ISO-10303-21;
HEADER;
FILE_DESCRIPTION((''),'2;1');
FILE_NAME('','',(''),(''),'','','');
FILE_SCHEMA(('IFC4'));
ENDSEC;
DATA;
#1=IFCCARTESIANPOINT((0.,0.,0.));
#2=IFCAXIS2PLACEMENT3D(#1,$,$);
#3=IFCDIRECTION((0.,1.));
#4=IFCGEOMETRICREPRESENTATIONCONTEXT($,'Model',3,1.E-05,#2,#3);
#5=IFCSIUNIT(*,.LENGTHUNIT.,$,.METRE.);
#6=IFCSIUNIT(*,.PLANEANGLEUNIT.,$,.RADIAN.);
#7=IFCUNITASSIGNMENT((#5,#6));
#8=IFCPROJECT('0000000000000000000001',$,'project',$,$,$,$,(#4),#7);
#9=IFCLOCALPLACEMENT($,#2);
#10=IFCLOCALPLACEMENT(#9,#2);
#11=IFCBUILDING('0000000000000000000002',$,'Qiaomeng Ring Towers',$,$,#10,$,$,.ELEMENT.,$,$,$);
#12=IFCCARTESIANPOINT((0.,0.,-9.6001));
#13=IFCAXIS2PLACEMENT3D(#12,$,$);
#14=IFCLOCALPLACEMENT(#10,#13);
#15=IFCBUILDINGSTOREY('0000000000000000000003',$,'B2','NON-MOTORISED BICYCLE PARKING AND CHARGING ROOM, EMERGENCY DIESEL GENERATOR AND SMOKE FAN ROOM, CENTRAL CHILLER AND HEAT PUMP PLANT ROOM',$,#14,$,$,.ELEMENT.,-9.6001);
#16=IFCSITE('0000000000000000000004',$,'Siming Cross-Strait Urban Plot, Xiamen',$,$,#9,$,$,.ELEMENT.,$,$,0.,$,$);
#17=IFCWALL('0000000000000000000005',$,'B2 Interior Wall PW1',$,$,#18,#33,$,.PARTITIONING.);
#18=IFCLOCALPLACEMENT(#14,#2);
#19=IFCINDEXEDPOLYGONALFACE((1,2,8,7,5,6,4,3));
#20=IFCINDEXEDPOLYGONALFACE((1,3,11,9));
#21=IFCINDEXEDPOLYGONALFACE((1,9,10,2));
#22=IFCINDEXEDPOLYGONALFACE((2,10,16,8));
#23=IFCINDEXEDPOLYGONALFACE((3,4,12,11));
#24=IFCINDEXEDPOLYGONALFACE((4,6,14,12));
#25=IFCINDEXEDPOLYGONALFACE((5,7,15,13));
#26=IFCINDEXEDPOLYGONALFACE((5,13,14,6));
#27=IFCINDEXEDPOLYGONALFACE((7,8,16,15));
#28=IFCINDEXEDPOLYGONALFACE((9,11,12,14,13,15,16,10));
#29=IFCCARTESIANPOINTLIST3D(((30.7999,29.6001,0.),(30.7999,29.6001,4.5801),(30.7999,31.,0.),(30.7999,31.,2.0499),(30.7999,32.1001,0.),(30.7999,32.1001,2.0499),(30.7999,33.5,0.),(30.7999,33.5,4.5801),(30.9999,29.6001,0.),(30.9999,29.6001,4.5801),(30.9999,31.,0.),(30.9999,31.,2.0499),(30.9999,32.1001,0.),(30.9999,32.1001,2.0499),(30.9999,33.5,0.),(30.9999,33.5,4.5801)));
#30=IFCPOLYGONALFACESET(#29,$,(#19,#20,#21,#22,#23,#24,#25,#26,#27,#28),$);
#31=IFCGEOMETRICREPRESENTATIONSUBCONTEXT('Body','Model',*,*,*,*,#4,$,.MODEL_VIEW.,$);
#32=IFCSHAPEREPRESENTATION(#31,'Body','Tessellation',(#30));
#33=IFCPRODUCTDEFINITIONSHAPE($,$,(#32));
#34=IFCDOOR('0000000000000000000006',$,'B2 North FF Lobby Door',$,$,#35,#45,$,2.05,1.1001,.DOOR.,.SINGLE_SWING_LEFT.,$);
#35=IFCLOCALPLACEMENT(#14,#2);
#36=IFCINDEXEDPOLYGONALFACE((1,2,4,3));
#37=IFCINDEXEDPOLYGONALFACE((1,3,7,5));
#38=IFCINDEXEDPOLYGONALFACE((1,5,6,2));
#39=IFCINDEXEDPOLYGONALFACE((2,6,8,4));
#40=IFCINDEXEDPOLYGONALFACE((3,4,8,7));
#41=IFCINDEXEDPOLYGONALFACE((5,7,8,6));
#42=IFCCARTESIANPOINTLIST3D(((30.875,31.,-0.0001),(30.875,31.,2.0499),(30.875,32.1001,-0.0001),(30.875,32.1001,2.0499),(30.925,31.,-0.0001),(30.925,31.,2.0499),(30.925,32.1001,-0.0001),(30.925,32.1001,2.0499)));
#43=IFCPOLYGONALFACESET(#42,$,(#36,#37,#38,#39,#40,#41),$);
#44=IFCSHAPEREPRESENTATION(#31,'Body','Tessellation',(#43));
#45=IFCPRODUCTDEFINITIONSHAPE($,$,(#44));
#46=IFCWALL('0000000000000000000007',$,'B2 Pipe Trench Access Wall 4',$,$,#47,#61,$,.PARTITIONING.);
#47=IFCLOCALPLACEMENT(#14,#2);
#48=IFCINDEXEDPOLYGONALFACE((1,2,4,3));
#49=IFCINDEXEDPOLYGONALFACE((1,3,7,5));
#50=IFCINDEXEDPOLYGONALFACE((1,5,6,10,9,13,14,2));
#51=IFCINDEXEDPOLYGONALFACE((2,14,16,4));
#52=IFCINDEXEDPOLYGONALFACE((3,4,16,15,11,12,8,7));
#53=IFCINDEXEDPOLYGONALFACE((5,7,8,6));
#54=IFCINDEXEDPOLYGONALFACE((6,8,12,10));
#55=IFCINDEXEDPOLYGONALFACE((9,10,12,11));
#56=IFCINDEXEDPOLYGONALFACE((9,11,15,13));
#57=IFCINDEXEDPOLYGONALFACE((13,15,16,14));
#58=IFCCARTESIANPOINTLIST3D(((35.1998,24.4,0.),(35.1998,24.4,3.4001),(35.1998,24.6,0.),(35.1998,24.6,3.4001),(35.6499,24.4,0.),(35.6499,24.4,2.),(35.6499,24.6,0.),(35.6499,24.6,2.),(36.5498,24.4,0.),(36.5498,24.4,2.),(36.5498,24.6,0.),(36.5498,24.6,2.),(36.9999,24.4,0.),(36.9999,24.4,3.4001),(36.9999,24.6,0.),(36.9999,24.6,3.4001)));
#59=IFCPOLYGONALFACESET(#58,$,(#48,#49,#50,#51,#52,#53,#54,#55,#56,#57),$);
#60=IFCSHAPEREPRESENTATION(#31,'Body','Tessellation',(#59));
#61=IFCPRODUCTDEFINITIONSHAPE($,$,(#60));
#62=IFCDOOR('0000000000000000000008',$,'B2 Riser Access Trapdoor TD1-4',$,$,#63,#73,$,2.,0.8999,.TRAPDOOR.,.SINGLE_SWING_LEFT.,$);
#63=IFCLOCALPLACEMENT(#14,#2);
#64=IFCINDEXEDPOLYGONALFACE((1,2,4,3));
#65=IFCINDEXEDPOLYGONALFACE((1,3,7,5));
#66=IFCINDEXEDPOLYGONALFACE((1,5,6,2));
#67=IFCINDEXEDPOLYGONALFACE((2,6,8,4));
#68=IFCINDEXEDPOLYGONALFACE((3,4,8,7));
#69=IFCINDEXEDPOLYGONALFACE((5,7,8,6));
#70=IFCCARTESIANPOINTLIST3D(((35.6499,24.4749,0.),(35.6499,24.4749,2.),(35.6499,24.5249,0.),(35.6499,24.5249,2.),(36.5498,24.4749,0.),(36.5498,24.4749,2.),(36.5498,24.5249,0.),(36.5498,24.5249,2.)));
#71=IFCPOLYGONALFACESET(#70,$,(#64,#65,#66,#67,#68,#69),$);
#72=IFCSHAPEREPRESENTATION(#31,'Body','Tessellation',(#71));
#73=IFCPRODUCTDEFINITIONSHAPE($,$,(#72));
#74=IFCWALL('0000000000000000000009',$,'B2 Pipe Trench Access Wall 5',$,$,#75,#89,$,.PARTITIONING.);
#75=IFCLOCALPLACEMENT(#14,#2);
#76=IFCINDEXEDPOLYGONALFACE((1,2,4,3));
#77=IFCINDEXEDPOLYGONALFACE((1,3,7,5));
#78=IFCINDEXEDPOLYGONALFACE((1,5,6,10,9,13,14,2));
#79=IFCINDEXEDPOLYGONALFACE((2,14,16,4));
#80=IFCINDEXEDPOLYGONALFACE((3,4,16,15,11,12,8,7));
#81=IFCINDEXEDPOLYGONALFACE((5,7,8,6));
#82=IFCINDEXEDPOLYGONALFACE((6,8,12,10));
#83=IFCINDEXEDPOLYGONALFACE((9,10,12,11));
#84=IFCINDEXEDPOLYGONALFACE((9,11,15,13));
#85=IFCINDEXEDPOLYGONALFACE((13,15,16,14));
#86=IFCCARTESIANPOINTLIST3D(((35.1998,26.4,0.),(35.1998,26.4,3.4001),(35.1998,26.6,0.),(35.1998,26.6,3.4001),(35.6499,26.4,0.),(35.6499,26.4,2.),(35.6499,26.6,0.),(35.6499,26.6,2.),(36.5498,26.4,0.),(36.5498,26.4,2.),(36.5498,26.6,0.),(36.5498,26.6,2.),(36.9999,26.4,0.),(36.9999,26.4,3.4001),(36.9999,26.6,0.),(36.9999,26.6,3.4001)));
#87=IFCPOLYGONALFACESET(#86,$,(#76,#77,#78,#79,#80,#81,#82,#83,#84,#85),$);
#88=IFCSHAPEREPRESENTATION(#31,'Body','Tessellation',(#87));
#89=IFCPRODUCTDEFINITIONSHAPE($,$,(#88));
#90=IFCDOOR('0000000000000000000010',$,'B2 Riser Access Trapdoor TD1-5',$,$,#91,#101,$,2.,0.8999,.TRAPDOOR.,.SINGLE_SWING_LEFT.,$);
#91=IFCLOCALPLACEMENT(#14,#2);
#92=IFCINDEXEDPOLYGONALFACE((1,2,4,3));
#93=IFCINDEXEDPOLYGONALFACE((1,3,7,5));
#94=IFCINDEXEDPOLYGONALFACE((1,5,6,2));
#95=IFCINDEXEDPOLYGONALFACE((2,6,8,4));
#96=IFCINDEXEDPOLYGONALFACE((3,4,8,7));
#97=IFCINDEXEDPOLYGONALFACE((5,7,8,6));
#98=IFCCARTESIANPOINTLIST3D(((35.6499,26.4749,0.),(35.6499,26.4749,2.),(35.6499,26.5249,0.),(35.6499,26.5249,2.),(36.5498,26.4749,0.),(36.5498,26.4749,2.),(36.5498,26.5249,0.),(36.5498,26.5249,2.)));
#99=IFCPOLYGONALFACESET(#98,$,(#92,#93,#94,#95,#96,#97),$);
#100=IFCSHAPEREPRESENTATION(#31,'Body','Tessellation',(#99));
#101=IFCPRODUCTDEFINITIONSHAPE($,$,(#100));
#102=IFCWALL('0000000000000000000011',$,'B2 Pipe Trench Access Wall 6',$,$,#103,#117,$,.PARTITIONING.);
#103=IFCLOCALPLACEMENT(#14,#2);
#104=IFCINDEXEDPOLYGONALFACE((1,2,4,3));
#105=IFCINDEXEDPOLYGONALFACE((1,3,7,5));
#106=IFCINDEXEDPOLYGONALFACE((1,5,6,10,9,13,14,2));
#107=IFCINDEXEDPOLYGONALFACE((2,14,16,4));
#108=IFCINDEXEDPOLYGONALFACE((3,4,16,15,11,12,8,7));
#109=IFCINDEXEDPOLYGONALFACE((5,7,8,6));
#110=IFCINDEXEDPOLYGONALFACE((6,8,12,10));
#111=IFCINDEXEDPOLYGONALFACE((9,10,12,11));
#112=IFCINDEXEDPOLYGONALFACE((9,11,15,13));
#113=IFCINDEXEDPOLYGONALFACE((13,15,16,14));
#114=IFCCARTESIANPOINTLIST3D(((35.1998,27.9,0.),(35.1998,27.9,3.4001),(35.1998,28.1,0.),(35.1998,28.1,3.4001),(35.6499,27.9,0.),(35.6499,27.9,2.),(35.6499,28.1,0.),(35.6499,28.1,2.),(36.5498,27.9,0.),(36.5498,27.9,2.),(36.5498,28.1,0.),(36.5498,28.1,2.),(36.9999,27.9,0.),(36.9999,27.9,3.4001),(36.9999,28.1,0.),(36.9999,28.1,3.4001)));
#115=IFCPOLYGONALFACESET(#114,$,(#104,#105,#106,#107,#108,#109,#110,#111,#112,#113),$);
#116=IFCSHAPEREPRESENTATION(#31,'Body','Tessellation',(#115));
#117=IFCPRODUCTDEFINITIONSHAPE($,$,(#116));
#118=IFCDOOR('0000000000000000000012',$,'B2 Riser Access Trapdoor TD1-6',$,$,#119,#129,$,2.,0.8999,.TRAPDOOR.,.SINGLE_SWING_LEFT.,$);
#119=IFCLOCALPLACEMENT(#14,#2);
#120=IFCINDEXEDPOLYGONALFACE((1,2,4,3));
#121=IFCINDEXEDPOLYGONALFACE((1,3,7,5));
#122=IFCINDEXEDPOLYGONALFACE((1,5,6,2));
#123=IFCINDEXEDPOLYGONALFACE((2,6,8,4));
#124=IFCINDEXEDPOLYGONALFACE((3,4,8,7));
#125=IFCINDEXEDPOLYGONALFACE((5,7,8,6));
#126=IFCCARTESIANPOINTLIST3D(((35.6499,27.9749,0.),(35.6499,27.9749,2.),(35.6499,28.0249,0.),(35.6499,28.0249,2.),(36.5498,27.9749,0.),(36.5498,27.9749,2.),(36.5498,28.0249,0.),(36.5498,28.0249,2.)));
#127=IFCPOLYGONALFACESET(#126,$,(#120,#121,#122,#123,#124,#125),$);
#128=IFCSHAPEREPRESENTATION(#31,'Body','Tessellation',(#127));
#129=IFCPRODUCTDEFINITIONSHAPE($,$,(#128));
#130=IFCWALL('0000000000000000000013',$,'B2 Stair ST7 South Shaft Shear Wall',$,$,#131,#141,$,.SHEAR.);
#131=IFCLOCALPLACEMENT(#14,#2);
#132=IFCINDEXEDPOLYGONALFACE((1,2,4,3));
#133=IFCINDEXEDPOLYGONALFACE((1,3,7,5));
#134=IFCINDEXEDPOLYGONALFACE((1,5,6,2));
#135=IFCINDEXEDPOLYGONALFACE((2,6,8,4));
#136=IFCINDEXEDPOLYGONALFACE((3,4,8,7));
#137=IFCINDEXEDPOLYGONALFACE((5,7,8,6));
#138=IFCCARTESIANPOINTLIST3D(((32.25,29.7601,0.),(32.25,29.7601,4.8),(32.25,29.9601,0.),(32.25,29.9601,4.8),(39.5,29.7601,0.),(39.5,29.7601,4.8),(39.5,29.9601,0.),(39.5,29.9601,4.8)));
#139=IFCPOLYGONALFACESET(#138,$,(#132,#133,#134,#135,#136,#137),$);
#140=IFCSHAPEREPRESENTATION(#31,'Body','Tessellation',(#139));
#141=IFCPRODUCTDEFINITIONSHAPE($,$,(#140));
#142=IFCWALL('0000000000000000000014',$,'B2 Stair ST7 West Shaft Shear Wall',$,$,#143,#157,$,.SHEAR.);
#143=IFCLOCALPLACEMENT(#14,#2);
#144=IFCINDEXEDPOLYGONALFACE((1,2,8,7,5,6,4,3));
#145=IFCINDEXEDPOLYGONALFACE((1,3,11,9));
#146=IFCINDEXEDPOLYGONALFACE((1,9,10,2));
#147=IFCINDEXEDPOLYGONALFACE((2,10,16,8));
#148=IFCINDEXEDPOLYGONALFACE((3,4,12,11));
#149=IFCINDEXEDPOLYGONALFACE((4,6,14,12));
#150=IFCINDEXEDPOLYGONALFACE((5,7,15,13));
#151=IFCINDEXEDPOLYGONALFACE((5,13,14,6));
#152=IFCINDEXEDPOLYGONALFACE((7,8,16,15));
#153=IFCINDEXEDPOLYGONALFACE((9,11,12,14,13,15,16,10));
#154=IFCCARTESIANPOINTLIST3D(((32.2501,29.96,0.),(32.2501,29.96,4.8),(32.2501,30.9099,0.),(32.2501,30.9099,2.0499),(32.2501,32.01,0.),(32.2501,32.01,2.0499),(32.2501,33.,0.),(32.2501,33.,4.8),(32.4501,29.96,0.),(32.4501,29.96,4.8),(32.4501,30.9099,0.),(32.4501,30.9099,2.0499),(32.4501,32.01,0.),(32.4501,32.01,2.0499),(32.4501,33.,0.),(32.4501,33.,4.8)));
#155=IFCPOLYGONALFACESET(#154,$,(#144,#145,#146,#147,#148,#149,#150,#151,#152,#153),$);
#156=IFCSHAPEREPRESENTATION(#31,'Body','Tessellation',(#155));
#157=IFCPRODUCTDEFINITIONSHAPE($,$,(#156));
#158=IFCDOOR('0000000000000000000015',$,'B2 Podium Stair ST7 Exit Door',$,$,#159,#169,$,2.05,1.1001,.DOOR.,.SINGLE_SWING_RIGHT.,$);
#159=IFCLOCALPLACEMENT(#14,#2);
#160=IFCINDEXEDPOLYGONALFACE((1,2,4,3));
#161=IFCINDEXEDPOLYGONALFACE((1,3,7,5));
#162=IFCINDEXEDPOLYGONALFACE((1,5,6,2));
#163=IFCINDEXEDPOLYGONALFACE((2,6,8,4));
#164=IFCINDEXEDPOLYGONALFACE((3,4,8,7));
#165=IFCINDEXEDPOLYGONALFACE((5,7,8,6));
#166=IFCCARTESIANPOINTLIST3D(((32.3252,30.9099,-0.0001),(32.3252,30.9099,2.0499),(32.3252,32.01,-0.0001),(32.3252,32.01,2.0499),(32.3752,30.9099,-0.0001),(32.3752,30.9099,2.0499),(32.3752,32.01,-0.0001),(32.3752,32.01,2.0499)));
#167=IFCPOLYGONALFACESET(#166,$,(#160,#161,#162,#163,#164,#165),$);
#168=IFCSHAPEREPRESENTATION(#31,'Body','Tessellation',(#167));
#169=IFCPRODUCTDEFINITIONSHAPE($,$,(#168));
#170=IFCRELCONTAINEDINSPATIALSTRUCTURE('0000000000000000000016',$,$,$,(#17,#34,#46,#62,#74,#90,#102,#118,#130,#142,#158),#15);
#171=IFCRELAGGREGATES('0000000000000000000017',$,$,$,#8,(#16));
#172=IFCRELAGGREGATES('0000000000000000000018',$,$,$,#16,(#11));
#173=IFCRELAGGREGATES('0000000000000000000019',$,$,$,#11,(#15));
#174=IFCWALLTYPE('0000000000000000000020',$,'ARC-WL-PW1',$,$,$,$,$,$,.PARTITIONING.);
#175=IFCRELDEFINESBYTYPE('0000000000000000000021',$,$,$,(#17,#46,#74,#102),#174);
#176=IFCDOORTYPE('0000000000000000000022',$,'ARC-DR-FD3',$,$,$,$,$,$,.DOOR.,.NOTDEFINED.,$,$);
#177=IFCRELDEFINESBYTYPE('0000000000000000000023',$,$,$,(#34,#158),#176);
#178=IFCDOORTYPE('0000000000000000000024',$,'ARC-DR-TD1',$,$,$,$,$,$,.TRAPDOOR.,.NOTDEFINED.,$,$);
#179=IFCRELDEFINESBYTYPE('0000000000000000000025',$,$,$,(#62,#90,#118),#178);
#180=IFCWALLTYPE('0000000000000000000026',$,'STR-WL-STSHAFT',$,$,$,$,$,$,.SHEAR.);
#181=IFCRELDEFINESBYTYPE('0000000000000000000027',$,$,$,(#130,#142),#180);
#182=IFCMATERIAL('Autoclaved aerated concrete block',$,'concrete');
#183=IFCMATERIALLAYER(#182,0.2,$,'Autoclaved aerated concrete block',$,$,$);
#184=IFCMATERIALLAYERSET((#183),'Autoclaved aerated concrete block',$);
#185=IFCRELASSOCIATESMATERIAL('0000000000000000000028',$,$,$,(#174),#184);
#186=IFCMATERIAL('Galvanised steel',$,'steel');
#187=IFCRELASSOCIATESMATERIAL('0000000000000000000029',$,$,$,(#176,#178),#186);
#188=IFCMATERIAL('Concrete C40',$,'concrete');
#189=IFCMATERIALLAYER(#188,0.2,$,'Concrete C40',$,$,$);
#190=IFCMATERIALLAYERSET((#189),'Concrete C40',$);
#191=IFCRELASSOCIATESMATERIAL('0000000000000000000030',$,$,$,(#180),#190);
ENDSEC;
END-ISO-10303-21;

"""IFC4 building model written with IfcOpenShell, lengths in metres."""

from ifc_helpers import new_model, si_unit, direction, frame, frame_2d, origin, place, context, subcontext, project, spatial, rectangle, extrude, source, transform, mapped, material, layer, layer_set, type_object, element, fill, save


model = new_model("IFC4")

# Units and contexts
model_context = context("Model", 3, precision=1e-05, world=origin(), true_north=direction((0.0, 1.0)))
body_context = subcontext(model_context, "Body", "Model", "MODEL_VIEW")
ifc_project = project(units=[si_unit("LENGTHUNIT", "METRE"), si_unit("PLANEANGLEUNIT", "RADIAN")], contexts=[model_context])

# Site, building, storey
site_placement = place(None, origin())
site = spatial("IfcSite", under=ifc_project, at=site_placement, Name="Siming Cross-Strait Urban Plot, Xiamen", CompositionType="ELEMENT", RefElevation=0.0)
building_placement = place(site_placement, origin())
building = spatial("IfcBuilding", under=site, at=building_placement, Name="Qiaomeng Ring Towers", CompositionType="ELEMENT")
storey_placement = place(building_placement, frame((0.0, 0.0, -9.6001)))
storey = spatial("IfcBuildingStorey", under=building, at=storey_placement, Name="B2", Description="NON-MOTORISED BICYCLE PARKING AND CHARGING ROOM, EMERGENCY DIESEL GENERATOR AND SMOKE FAN ROOM, CENTRAL CHILLER AND HEAT PUMP PLANT ROOM", CompositionType="ELEMENT", Elevation=-9.6001)

# Shared definitions
ifc_material_1 = material(Name="Concrete C40", Category="concrete")

# Walls, openings, doors
ifc_material_2 = material(Name="Autoclaved aerated concrete block", Category="concrete")
ifc_layer_1 = layer(ifc_material_2, 0.2, Name="Autoclaved aerated concrete block")
ifc_layer_set_1 = layer_set([ifc_layer_1], Name="Autoclaved aerated concrete block")
wall_type_1 = type_object("IfcWallType", Name="ARC-WL-PW1", PredefinedType="PARTITIONING", material=ifc_layer_set_1)
wall_1_placement = place(storey_placement, frame((30.8999, 29.6001, 0.0), z_axis=(0.0, 0.0, 1.0), x_axis=(0.0, 1.0, 0.0)))
wall_1 = element("IfcWall", 1, at=wall_1_placement, inside=storey, type_object=wall_type_1, Name="B2 Interior Wall PW1", PredefinedType="PARTITIONING", context=body_context, shape_type="SweptSolid", body=[
    extrude(rectangle(XDim=3.8999, YDim=0.2, at=frame_2d((1.95, 0.0))), origin(), (0.0, 0.0, 1.0), 4.5801),
])
opening_1_placement = place(wall_1_placement, frame((1.3999, 0.0, 0.0)))
opening_1 = element("IfcOpeningElement", 2, at=opening_1_placement, cuts=wall_1, PredefinedType="OPENING", context=body_context, shape_type="SweptSolid", body=[
    extrude(rectangle(XDim=1.1001, YDim=2.05, at=frame_2d((0.55, 1.0249))), frame((0.0, 0.1099, 0.0), z_axis=(0.0, -1.0, 0.0), x_axis=(1.0, 0.0, 0.0)), (0.0, 0.0, 1.0), 0.22),
])
ifc_material_3 = material(Name="Galvanised steel", Category="steel")
door_type_1 = type_object("IfcDoorType", Name="ARC-DR-FD3", OperationType="NOTDEFINED", PredefinedType="DOOR", material=ifc_material_3)
shared_shape_1 = source(origin(), body_context, "Body", "SweptSolid", [
    extrude(rectangle(XDim=1.1001, YDim=2.05, at=frame_2d((0.55, 1.0249))), frame((0.0, 0.0249, 0.0), z_axis=(0.0, -1.0, 0.0), x_axis=(1.0, 0.0, 0.0)), (0.0, 0.0, 1.0), 0.05),
])
door_1_placement = place(opening_1_placement, origin())
door_1 = element("IfcDoor", 3, at=door_1_placement, inside=storey, type_object=door_type_1, Name="B2 North FF Lobby Door", OperationType="SINGLE_SWING_LEFT", OverallHeight=2.05, OverallWidth=1.1001, PredefinedType="DOOR", context=body_context, shape_type="MappedRepresentation", body=[
    mapped(shared_shape_1, transform((0.0, 0.0, 0.0), x_axis=(1.0, 0.0, 0.0), y_axis=(0.0, 1.0, 0.0), z_axis=(0.0, 0.0, 1.0), scale=1.0)),
])
fill(opening_1, door_1)
wall_2_placement = place(storey_placement, frame((35.2, 24.5, 0.0), z_axis=(0.0, 0.0, 1.0), x_axis=(1.0, 0.0, 0.0)))
wall_2 = element("IfcWall", 4, at=wall_2_placement, inside=storey, type_object=wall_type_1, Name="B2 Pipe Trench Access Wall 4", PredefinedType="PARTITIONING", context=body_context, shape_type="SweptSolid", body=[
    extrude(rectangle(XDim=1.8, YDim=0.2, at=frame_2d((0.8999, 0.0))), origin(), (0.0, 0.0, 1.0), 3.4001),
])
opening_2_placement = place(wall_2_placement, frame((0.45, 0.0, 0.0)))
opening_2 = element("IfcOpeningElement", 5, at=opening_2_placement, cuts=wall_2, PredefinedType="OPENING", context=body_context, shape_type="SweptSolid", body=[
    extrude(rectangle(XDim=0.8999, YDim=2.0, at=frame_2d((0.45, 1.0))), frame((0.0, 0.1099, 0.0), z_axis=(0.0, -1.0, 0.0), x_axis=(1.0, 0.0, 0.0)), (0.0, 0.0, 1.0), 0.22),
])
door_type_2 = type_object("IfcDoorType", Name="ARC-DR-TD1", OperationType="NOTDEFINED", PredefinedType="TRAPDOOR", material=ifc_material_3)
shared_shape_2 = source(origin(), body_context, "Body", "SweptSolid", [
    extrude(rectangle(XDim=0.8999, YDim=2.0, at=frame_2d((0.45, 1.0))), frame((0.0, 0.0249, 0.0), z_axis=(0.0, -1.0, 0.0), x_axis=(1.0, 0.0, 0.0)), (0.0, 0.0, 1.0), 0.05),
])
door_2_placement = place(opening_2_placement, origin())
door_2 = element("IfcDoor", 6, at=door_2_placement, inside=storey, type_object=door_type_2, Name="B2 Riser Access Trapdoor TD1-4", OperationType="SINGLE_SWING_LEFT", OverallHeight=2.0, OverallWidth=0.8999, PredefinedType="TRAPDOOR", context=body_context, shape_type="MappedRepresentation", body=[
    mapped(shared_shape_2, transform((0.0, 0.0, 0.0), x_axis=(1.0, 0.0, 0.0), y_axis=(0.0, 1.0, 0.0), z_axis=(0.0, 0.0, 1.0), scale=1.0)),
])
fill(opening_2, door_2)
wall_3_placement = place(storey_placement, frame((35.2, 26.5, 0.0), z_axis=(0.0, 0.0, 1.0), x_axis=(1.0, 0.0, 0.0)))
wall_3 = element("IfcWall", 7, at=wall_3_placement, inside=storey, type_object=wall_type_1, Name="B2 Pipe Trench Access Wall 5", PredefinedType="PARTITIONING", context=body_context, shape_type="SweptSolid", body=[
    extrude(rectangle(XDim=1.8, YDim=0.2, at=frame_2d((0.8999, 0.0))), origin(), (0.0, 0.0, 1.0), 3.4001),
])
opening_3_placement = place(wall_3_placement, frame((0.45, 0.0, 0.0)))
opening_3 = element("IfcOpeningElement", 8, at=opening_3_placement, cuts=wall_3, PredefinedType="OPENING", context=body_context, shape_type="SweptSolid", body=[
    extrude(rectangle(XDim=0.8999, YDim=2.0, at=frame_2d((0.45, 1.0))), frame((0.0, 0.1099, 0.0), z_axis=(0.0, -1.0, 0.0), x_axis=(1.0, 0.0, 0.0)), (0.0, 0.0, 1.0), 0.22),
])
door_3_placement = place(opening_3_placement, origin())
door_3 = element("IfcDoor", 9, at=door_3_placement, inside=storey, type_object=door_type_2, Name="B2 Riser Access Trapdoor TD1-5", OperationType="SINGLE_SWING_LEFT", OverallHeight=2.0, OverallWidth=0.8999, PredefinedType="TRAPDOOR", context=body_context, shape_type="MappedRepresentation", body=[
    mapped(shared_shape_2, transform((0.0, 0.0, 0.0), x_axis=(1.0, 0.0, 0.0), y_axis=(0.0, 1.0, 0.0), z_axis=(0.0, 0.0, 1.0), scale=1.0)),
])
fill(opening_3, door_3)
wall_4_placement = place(storey_placement, frame((35.2, 28.0, 0.0), z_axis=(0.0, 0.0, 1.0), x_axis=(1.0, 0.0, 0.0)))
wall_4 = element("IfcWall", 10, at=wall_4_placement, inside=storey, type_object=wall_type_1, Name="B2 Pipe Trench Access Wall 6", PredefinedType="PARTITIONING", context=body_context, shape_type="SweptSolid", body=[
    extrude(rectangle(XDim=1.8, YDim=0.2, at=frame_2d((0.8999, 0.0))), origin(), (0.0, 0.0, 1.0), 3.4001),
])
opening_4_placement = place(wall_4_placement, frame((0.45, 0.0, 0.0)))
opening_4 = element("IfcOpeningElement", 11, at=opening_4_placement, cuts=wall_4, PredefinedType="OPENING", context=body_context, shape_type="SweptSolid", body=[
    extrude(rectangle(XDim=0.8999, YDim=2.0, at=frame_2d((0.45, 1.0))), frame((0.0, 0.1099, 0.0), z_axis=(0.0, -1.0, 0.0), x_axis=(1.0, 0.0, 0.0)), (0.0, 0.0, 1.0), 0.22),
])
door_4_placement = place(opening_4_placement, origin())
door_4 = element("IfcDoor", 12, at=door_4_placement, inside=storey, type_object=door_type_2, Name="B2 Riser Access Trapdoor TD1-6", OperationType="SINGLE_SWING_LEFT", OverallHeight=2.0, OverallWidth=0.8999, PredefinedType="TRAPDOOR", context=body_context, shape_type="MappedRepresentation", body=[
    mapped(shared_shape_2, transform((0.0, 0.0, 0.0), x_axis=(1.0, 0.0, 0.0), y_axis=(0.0, 1.0, 0.0), z_axis=(0.0, 0.0, 1.0), scale=1.0)),
])
fill(opening_4, door_4)

# Wall
ifc_layer_2 = layer(ifc_material_1, 0.2, Name="Concrete C40")
ifc_layer_set_2 = layer_set([ifc_layer_2], Name="Concrete C40")
wall_type_2 = type_object("IfcWallType", Name="STR-WL-STSHAFT", PredefinedType="SHEAR", material=ifc_layer_set_2)
wall_5_placement = place(storey_placement, frame((32.25, 29.8601, 0.0), z_axis=(0.0, 0.0, 1.0), x_axis=(1.0, 0.0, 0.0)))
element("IfcWall", 13, at=wall_5_placement, inside=storey, type_object=wall_type_2, Name="B2 Stair ST7 South Shaft Shear Wall", PredefinedType="SHEAR", context=body_context, shape_type="SweptSolid", body=[
    extrude(rectangle(XDim=7.25, YDim=0.2, at=frame_2d((3.625, 0.0))), origin(), (0.0, 0.0, 1.0), 4.8),
])

# Wall, opening, door
wall_6_placement = place(storey_placement, frame((32.3501, 29.96, 0.0), z_axis=(0.0, 0.0, 1.0), x_axis=(0.0, 1.0, 0.0)))
wall_6 = element("IfcWall", 14, at=wall_6_placement, inside=storey, type_object=wall_type_2, Name="B2 Stair ST7 West Shaft Shear Wall", PredefinedType="SHEAR", context=body_context, shape_type="SweptSolid", body=[
    extrude(rectangle(XDim=3.04, YDim=0.2, at=frame_2d((1.52, 0.0))), origin(), (0.0, 0.0, 1.0), 4.8),
])
opening_5_placement = place(wall_6_placement, frame((0.95, 0.0, 0.0)))
opening_5 = element("IfcOpeningElement", 15, at=opening_5_placement, cuts=wall_6, PredefinedType="OPENING", context=body_context, shape_type="SweptSolid", body=[
    extrude(rectangle(XDim=1.1001, YDim=2.05, at=frame_2d((0.55, 1.0249))), frame((0.0, 0.1099, 0.0), z_axis=(0.0, -1.0, 0.0), x_axis=(1.0, 0.0, 0.0)), (0.0, 0.0, 1.0), 0.22),
])
door_5_placement = place(opening_5_placement, origin())
door_5 = element("IfcDoor", 16, at=door_5_placement, inside=storey, type_object=door_type_1, Name="B2 Podium Stair ST7 Exit Door", OperationType="SINGLE_SWING_RIGHT", OverallHeight=2.05, OverallWidth=1.1001, PredefinedType="DOOR", context=body_context, shape_type="MappedRepresentation", body=[
    mapped(shared_shape_1, transform((0.0, 0.0, 0.0), x_axis=(1.0, 0.0, 0.0), y_axis=(0.0, 1.0, 0.0), z_axis=(0.0, 0.0, 1.0), scale=1.0)),
])
fill(opening_5, door_5)

save(model, "model.ifc")
